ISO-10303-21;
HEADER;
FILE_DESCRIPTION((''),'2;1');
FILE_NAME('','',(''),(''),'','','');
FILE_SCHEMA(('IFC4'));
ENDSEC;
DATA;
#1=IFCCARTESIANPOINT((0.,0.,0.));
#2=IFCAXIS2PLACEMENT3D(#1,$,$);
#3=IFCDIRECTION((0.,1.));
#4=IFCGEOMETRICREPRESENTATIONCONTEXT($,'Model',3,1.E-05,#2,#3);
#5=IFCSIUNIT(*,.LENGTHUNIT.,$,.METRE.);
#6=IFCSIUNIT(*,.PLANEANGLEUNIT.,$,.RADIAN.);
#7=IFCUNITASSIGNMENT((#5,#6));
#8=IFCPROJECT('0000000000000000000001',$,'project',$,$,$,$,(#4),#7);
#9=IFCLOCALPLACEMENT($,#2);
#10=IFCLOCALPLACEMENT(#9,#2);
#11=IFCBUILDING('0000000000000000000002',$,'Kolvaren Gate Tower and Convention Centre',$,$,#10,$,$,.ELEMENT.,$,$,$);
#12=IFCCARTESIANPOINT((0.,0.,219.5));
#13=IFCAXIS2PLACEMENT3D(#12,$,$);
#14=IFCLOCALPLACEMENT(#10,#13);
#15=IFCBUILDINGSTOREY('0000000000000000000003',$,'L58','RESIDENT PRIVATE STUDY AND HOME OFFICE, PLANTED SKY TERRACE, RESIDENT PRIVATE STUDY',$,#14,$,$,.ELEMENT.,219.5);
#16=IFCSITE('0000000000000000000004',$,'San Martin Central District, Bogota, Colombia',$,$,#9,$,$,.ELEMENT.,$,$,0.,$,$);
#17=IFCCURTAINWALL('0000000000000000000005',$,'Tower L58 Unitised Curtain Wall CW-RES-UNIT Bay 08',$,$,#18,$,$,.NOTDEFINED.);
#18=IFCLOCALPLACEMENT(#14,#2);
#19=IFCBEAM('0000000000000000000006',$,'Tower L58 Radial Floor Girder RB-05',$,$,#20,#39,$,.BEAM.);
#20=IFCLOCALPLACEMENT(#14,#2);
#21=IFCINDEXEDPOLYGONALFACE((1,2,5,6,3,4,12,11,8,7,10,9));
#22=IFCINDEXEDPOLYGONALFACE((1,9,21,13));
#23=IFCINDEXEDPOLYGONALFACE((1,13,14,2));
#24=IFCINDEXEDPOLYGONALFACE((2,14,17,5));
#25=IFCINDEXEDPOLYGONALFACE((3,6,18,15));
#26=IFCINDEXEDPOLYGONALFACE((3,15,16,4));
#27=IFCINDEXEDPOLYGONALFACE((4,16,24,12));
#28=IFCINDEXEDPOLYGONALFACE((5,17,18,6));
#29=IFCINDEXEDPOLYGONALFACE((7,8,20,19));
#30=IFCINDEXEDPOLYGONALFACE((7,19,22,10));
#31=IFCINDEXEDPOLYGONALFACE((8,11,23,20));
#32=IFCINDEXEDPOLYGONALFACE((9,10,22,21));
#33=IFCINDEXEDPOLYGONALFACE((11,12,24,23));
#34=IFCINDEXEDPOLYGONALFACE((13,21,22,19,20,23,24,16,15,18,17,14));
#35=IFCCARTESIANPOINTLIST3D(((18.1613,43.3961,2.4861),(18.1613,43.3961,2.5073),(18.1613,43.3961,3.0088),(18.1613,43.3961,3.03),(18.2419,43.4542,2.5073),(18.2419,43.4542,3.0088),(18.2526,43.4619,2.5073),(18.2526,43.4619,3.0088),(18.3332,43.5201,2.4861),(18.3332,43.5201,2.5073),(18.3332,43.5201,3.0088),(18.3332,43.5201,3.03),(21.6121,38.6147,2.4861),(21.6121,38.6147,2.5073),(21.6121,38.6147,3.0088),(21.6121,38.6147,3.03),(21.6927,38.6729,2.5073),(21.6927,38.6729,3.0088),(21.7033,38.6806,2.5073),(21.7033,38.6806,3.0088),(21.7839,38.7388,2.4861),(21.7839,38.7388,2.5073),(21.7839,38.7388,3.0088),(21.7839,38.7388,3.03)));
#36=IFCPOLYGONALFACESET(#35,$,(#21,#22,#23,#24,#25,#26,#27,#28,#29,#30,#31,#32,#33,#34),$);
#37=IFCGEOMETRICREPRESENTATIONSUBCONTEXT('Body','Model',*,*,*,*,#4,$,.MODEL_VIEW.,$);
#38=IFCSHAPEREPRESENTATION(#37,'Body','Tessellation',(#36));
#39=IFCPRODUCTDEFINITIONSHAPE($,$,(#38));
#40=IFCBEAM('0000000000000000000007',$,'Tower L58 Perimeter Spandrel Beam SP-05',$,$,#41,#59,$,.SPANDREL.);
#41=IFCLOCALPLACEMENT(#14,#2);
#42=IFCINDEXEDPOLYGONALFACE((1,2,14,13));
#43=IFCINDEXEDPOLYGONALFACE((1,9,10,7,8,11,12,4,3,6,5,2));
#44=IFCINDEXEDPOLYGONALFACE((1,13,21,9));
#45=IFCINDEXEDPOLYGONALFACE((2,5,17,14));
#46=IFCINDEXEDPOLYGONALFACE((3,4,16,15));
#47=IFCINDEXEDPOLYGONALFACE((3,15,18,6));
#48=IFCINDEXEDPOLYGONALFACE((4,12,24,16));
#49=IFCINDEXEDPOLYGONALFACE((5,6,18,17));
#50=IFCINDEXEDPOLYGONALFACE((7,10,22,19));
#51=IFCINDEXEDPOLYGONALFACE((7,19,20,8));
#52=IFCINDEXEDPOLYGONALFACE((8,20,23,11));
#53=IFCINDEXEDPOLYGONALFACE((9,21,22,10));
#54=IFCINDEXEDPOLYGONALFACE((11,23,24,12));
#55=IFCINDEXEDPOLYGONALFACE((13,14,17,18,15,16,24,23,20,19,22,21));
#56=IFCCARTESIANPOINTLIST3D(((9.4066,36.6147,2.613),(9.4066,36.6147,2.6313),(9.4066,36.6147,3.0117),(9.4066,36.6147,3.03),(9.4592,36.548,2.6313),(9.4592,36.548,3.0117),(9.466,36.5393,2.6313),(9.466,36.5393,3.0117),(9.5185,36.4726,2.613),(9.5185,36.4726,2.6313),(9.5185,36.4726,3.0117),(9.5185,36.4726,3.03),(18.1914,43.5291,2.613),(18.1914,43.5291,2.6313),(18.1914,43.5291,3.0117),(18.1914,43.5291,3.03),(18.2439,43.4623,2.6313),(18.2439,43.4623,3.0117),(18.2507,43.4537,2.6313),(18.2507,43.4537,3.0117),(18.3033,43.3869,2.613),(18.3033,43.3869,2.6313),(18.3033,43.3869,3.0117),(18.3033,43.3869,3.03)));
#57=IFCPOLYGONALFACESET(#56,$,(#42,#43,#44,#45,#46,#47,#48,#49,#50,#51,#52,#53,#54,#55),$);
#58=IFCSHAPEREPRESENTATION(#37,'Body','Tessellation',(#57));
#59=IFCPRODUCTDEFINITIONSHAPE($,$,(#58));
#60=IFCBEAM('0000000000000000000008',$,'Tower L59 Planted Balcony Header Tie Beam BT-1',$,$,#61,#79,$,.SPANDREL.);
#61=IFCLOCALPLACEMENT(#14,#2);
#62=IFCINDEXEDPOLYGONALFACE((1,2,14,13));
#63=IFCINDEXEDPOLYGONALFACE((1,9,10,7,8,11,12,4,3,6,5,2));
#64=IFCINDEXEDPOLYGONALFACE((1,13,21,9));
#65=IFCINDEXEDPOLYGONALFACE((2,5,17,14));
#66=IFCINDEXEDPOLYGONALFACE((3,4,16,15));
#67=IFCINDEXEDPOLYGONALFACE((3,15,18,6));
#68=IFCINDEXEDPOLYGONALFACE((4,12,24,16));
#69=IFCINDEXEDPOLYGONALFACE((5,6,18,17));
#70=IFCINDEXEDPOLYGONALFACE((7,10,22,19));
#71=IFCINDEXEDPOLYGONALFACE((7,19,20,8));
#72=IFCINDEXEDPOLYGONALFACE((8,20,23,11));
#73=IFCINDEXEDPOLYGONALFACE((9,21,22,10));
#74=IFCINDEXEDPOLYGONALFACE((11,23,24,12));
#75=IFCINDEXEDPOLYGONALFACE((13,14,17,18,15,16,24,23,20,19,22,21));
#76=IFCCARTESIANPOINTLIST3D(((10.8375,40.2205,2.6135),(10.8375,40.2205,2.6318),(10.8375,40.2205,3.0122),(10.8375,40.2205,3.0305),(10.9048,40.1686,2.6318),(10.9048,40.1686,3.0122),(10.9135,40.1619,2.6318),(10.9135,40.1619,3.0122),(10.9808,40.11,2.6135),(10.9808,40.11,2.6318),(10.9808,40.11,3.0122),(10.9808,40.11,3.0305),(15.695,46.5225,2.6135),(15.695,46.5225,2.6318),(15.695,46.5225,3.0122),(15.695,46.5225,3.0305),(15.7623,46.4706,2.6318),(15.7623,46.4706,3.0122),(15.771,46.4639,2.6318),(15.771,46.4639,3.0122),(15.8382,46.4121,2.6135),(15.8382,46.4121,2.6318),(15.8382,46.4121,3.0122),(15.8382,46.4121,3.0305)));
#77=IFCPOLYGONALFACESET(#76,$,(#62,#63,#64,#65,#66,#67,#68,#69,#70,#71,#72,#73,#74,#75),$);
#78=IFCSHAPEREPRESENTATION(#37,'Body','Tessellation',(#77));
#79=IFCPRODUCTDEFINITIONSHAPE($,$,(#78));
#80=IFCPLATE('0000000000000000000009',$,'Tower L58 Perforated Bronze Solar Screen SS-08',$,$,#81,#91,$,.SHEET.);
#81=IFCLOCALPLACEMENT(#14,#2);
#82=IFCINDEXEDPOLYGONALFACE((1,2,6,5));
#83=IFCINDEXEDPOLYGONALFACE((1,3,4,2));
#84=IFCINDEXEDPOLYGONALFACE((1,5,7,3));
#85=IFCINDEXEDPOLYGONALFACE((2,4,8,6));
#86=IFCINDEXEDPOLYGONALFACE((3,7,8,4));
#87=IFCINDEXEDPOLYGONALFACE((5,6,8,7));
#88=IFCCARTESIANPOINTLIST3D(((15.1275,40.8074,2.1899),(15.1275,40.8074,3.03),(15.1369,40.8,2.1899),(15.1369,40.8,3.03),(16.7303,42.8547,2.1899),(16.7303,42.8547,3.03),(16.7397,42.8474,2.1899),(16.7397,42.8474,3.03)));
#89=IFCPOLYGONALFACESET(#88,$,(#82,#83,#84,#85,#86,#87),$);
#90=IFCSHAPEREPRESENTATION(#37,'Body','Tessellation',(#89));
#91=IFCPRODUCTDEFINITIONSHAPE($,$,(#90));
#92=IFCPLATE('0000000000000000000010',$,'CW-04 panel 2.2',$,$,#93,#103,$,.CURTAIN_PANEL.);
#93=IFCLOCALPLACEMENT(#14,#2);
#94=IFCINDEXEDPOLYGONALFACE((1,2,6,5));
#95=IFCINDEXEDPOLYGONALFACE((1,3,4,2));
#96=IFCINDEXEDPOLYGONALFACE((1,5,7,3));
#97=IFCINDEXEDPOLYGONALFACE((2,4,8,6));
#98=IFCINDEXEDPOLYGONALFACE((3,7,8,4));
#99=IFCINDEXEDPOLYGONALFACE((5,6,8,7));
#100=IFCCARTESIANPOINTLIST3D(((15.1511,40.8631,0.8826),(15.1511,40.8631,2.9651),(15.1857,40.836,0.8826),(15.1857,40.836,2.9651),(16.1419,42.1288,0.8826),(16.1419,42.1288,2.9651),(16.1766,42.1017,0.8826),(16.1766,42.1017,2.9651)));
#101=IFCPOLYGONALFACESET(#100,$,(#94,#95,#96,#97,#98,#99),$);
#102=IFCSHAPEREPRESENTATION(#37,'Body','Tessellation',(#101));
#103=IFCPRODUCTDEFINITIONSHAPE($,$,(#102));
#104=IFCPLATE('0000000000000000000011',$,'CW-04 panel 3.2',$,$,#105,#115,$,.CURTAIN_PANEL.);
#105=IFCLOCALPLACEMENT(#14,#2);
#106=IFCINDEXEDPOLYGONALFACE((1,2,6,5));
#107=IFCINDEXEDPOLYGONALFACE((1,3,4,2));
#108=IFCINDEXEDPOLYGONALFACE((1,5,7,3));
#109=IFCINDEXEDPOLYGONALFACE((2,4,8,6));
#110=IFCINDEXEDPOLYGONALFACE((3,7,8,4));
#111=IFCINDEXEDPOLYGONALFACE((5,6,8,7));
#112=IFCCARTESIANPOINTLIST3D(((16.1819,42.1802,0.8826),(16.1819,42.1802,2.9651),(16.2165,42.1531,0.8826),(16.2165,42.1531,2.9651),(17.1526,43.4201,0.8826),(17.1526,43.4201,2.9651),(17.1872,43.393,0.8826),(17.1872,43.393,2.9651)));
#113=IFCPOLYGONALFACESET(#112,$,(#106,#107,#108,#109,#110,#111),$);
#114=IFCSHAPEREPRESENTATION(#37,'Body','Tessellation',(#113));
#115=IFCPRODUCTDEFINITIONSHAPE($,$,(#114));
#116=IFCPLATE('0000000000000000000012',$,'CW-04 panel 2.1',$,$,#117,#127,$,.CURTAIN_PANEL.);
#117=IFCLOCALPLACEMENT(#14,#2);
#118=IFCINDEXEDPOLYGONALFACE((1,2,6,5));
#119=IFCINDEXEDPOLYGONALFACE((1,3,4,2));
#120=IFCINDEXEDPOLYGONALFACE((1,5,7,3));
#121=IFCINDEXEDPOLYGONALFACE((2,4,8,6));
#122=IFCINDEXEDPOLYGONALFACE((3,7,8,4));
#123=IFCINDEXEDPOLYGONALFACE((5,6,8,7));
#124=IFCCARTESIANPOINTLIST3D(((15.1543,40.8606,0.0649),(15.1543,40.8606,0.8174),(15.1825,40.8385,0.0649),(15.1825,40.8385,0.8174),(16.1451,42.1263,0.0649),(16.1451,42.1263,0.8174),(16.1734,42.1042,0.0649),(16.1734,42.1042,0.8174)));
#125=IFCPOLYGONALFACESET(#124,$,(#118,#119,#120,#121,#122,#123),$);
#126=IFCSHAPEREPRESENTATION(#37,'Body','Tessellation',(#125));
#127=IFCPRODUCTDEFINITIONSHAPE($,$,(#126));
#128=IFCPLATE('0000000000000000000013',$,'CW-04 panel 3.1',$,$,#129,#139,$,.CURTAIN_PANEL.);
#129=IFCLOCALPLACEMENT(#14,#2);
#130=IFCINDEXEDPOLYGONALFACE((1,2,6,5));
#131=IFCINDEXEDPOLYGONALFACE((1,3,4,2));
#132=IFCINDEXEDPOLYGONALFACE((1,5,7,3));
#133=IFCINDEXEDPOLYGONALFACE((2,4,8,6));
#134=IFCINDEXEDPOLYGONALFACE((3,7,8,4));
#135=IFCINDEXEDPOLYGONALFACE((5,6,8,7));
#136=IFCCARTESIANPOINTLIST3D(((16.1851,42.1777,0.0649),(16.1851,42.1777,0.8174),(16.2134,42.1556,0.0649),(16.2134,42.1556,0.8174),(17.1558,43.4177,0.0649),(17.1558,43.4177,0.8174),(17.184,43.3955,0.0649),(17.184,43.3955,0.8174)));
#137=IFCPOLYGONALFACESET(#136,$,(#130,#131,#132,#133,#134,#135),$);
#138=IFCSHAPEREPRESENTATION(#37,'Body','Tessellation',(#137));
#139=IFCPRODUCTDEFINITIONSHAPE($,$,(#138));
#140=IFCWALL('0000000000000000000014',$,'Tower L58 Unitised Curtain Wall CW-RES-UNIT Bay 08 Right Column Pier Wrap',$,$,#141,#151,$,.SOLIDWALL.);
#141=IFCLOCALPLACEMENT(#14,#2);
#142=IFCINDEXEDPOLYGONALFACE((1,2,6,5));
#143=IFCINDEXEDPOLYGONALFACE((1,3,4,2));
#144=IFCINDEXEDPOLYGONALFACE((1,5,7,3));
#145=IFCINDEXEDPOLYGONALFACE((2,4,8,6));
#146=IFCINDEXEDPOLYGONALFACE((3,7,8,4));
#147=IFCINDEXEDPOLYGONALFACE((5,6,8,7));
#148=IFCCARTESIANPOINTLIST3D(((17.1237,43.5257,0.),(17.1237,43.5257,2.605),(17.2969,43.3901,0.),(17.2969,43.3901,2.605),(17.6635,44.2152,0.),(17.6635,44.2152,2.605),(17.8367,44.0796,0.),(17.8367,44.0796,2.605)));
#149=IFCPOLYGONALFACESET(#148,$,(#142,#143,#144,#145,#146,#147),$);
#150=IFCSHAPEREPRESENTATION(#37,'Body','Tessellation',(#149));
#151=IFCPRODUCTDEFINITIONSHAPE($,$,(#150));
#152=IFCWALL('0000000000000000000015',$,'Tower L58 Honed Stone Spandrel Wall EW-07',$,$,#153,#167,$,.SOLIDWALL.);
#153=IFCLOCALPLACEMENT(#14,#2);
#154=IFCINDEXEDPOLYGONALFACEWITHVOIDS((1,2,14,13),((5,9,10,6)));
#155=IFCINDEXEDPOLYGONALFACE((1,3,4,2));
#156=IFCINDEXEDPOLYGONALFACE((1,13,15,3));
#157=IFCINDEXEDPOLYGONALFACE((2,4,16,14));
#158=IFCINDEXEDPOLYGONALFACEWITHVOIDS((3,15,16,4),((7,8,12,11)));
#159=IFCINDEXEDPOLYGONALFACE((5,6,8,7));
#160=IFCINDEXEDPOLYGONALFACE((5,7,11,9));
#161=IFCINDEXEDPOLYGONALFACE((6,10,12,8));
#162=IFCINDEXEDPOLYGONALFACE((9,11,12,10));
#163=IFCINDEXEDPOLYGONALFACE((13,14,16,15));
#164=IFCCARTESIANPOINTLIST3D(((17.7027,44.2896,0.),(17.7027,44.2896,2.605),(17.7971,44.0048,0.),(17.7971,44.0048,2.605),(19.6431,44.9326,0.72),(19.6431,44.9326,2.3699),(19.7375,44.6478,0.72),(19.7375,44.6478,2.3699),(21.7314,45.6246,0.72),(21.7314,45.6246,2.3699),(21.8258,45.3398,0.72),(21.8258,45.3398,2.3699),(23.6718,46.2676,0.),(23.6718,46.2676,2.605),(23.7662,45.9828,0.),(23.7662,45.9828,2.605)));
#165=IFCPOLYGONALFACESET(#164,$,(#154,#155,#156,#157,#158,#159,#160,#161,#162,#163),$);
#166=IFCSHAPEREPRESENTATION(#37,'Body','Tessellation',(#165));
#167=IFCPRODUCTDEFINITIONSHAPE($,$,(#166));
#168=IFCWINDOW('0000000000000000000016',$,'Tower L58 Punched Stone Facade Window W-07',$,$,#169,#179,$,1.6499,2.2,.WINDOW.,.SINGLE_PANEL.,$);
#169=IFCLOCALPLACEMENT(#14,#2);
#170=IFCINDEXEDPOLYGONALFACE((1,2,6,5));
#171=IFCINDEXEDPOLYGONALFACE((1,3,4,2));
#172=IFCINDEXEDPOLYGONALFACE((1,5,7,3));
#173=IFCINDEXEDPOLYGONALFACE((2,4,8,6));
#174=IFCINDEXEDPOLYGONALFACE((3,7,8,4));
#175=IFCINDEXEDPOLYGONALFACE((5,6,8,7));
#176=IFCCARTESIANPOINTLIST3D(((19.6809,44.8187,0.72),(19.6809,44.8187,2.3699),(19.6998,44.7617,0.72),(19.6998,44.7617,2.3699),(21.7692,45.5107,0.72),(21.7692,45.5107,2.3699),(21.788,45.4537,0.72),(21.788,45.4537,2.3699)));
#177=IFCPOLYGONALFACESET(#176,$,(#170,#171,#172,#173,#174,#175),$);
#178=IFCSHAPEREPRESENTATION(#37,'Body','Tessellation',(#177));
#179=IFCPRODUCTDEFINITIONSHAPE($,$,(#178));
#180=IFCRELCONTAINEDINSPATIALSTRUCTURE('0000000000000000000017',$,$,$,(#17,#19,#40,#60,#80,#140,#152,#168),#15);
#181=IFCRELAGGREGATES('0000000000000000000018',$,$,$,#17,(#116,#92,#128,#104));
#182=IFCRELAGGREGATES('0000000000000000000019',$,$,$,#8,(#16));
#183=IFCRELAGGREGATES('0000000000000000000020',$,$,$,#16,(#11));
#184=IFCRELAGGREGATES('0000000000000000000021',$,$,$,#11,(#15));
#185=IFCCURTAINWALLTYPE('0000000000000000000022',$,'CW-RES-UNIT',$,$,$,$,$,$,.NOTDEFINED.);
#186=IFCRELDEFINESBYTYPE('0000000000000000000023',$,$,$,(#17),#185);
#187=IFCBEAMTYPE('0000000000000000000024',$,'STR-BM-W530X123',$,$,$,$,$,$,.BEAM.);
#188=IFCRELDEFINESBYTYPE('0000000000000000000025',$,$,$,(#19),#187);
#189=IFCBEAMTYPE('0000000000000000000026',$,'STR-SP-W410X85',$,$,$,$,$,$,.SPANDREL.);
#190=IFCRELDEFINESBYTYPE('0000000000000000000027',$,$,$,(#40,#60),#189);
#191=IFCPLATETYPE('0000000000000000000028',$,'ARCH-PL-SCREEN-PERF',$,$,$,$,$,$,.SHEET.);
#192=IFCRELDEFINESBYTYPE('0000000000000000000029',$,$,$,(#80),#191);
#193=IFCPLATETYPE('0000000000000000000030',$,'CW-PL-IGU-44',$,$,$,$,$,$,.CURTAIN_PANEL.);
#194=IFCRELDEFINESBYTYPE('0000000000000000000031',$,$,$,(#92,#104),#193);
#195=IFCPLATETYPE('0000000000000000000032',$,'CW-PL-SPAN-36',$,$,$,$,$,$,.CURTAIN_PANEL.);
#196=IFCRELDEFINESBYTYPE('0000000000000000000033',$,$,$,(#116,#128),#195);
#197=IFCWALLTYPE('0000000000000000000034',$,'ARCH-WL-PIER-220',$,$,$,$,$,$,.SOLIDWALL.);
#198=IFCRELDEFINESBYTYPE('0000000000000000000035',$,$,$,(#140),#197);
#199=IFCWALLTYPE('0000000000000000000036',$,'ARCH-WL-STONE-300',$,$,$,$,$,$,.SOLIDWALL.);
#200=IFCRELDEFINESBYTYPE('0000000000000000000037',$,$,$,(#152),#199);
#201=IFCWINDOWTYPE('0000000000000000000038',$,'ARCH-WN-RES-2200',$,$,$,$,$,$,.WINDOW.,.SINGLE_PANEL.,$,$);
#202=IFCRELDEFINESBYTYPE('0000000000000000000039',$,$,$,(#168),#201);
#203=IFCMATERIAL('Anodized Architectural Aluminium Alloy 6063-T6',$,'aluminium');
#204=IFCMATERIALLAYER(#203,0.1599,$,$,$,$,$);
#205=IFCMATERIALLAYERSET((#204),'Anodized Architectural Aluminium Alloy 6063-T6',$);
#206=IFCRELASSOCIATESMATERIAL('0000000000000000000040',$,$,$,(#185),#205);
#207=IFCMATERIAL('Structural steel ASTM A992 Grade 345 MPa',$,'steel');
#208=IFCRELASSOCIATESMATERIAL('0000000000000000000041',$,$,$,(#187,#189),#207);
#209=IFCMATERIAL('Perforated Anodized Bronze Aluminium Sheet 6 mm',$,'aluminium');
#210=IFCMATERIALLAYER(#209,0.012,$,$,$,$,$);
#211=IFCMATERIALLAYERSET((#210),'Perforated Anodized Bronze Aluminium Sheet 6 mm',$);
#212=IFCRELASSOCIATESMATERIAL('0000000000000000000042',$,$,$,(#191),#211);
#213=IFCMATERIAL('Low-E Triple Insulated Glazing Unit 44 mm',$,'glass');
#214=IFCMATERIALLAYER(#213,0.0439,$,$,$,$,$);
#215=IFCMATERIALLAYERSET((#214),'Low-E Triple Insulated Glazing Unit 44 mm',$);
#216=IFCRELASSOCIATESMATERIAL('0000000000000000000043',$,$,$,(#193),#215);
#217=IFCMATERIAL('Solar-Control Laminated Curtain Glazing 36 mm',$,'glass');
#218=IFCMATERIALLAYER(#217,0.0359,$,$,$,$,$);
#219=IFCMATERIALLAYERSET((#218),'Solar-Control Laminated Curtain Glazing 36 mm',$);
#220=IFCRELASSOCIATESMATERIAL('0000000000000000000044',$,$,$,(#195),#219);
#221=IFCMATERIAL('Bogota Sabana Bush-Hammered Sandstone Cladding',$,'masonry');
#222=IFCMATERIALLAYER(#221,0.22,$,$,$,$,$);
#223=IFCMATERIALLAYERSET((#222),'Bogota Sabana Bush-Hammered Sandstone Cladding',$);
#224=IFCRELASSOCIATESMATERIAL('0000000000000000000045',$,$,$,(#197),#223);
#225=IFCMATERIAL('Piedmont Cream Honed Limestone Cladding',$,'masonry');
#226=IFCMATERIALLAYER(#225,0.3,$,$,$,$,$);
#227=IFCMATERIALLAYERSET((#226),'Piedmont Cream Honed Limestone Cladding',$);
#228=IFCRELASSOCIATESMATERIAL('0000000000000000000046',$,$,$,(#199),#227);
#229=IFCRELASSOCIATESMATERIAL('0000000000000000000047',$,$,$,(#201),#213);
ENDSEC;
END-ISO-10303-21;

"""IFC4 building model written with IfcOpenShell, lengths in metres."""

from ifc_helpers import new_model, si_unit, direction, frame, frame_2d, origin, origin_2d, place, context, subcontext, project, spatial, rectangle, i_section, extrude, material, layer, layer_set, material_profile, profile_set, type_object, element, fill, aggregate, save


model = new_model("IFC4")

# Units and contexts
model_context = context("Model", 3, precision=1e-05, world=origin(), true_north=direction((0.0, 1.0)))
body_context = subcontext(model_context, "Body", "Model", "MODEL_VIEW")
ifc_project = project(units=[si_unit("LENGTHUNIT", "METRE"), si_unit("PLANEANGLEUNIT", "RADIAN")], contexts=[model_context])

# Site, building, storey
site_placement = place(None, origin())
site = spatial("IfcSite", under=ifc_project, at=site_placement, Name="San Martin Central District, Bogota, Colombia", CompositionType="ELEMENT", RefElevation=0.0)
building_placement = place(site_placement, origin())
building = spatial("IfcBuilding", under=site, at=building_placement, Name="Kolvaren Gate Tower and Convention Centre", CompositionType="ELEMENT")
storey_placement = place(building_placement, frame((0.0, 0.0, 219.5)))
storey = spatial("IfcBuildingStorey", under=building, at=storey_placement, Name="L58", Description="RESIDENT PRIVATE STUDY AND HOME OFFICE, PLANTED SKY TERRACE, RESIDENT PRIVATE STUDY", CompositionType="ELEMENT", Elevation=219.5)

# Curtain wall
ifc_material_1 = material(Name="Anodized Architectural Aluminium Alloy 6063-T6", Category="aluminium")
ifc_layer_1 = layer(ifc_material_1, 0.1599)
ifc_layer_set_1 = layer_set([ifc_layer_1], Name="Anodized Architectural Aluminium Alloy 6063-T6")
curtain_wall_type = type_object("IfcCurtainWallType", Name="CW-RES-UNIT", PredefinedType="NOTDEFINED", material=ifc_layer_set_1)
curtain_wall_placement = place(storey_placement, origin())
curtain_wall = element("IfcCurtainWall", 1, at=curtain_wall_placement, inside=storey, type_object=curtain_wall_type, Name="Tower L58 Unitised Curtain Wall CW-RES-UNIT Bay 08", PredefinedType="NOTDEFINED")

# Beams
ifc_material_2 = material(Name="Structural steel ASTM A992 Grade 345 MPa", Category="steel")
ifc_material_profile_1 = material_profile(ifc_material_2, i_section(OverallWidth=0.2119, OverallDepth=0.5439, WebThickness=0.0132, FlangeThickness=0.0212, at=origin_2d()), Name="W530X123")
ifc_profile_set_1 = profile_set([ifc_material_profile_1], Name="Structural steel ASTM A992 Grade 345 MPa")
beam_type_1 = type_object("IfcBeamType", Name="STR-BM-W530X123", PredefinedType="BEAM", material=ifc_profile_set_1)
beam_1_placement = place(storey_placement, frame((21.698, 38.6768, 2.7581), z_axis=(-0.585218, 0.810876, 0.0), x_axis=(-0.810876, -0.585218, 0.0)))
element("IfcBeam", 2, at=beam_1_placement, inside=storey, type_object=beam_type_1, Name="Tower L58 Radial Floor Girder RB-05", PredefinedType="BEAM", context=body_context, shape_type="SweptSolid", body=[
    extrude(i_section(OverallWidth=0.2119, OverallDepth=0.5439, WebThickness=0.0132, FlangeThickness=0.0212, at=origin_2d()), origin(), (0.0, 0.0, 1.0), 5.8965),
])
ifc_material_profile_2 = material_profile(ifc_material_2, i_section(OverallWidth=0.1809, OverallDepth=0.417, WebThickness=0.011, FlangeThickness=0.0183, at=origin_2d()), Name="W410X85")
ifc_profile_set_2 = profile_set([ifc_material_profile_2], Name="Structural steel ASTM A992 Grade 345 MPa")
beam_type_2 = type_object("IfcBeamType", Name="STR-SP-W410X85", PredefinedType="SPANDREL", material=ifc_profile_set_2)
beam_2_placement = place(storey_placement, frame((18.2473, 43.458, 2.8215), z_axis=(-0.785794, -0.618489, 0.0), x_axis=(0.618489, -0.785794, 0.0)))
element("IfcBeam", 3, at=beam_2_placement, inside=storey, type_object=beam_type_2, Name="Tower L58 Perimeter Spandrel Beam SP-05", PredefinedType="SPANDREL", context=body_context, shape_type="SweptSolid", body=[
    extrude(i_section(OverallWidth=0.1809, OverallDepth=0.417, WebThickness=0.011, FlangeThickness=0.0183, at=origin_2d()), origin(), (0.0, 0.0, 1.0), 11.1794),
])
beam_3_placement = place(storey_placement, frame((15.7666, 46.4673, 2.822), z_axis=(-0.610479, -0.792033, 0.0), x_axis=(0.792033, -0.610479, 0.0)))
element("IfcBeam", 4, at=beam_3_placement, inside=storey, type_object=beam_type_2, Name="Tower L59 Planted Balcony Header Tie Beam BT-1", PredefinedType="SPANDREL", context=body_context, shape_type="SweptSolid", body=[
    extrude(i_section(OverallWidth=0.1809, OverallDepth=0.417, WebThickness=0.011, FlangeThickness=0.0183, at=origin_2d()), origin(), (0.0, 0.0, 1.0), 7.9568),
])

# Plates
ifc_material_3 = material(Name="Perforated Anodized Bronze Aluminium Sheet 6 mm", Category="aluminium")
ifc_layer_2 = layer(ifc_material_3, 0.012)
ifc_layer_set_2 = layer_set([ifc_layer_2], Name="Perforated Anodized Bronze Aluminium Sheet 6 mm")
plate_type_1 = type_object("IfcPlateType", Name="ARCH-PL-SCREEN-PERF", PredefinedType="SHEET", material=ifc_layer_set_2)
plate_1_placement = place(storey_placement, frame((15.9336, 41.8274, 2.1899), z_axis=(0.0, 0.0, 1.0), x_axis=(0.616434, 0.787406, 0.0)))
element("IfcPlate", 5, at=plate_1_placement, inside=storey, type_object=plate_type_1, Name="Tower L58 Perforated Bronze Solar Screen SS-08", PredefinedType="SHEET", context=body_context, shape_type="SweptSolid", body=[
    extrude(rectangle(XDim=2.6001, YDim=0.012, at=origin_2d()), origin(), (0.0, 0.0, 1.0), 0.8401),
])
ifc_material_4 = material(Name="Low-E Triple Insulated Glazing Unit 44 mm", Category="glass")
ifc_layer_3 = layer(ifc_material_4, 0.0439)
ifc_layer_set_3 = layer_set([ifc_layer_3], Name="Low-E Triple Insulated Glazing Unit 44 mm")
plate_type_2 = type_object("IfcPlateType", Name="CW-PL-IGU-44", PredefinedType="CURTAIN_PANEL", material=ifc_layer_set_3)
plate_2_placement = place(storey_placement, frame((15.6638, 41.4824, 0.8826), z_axis=(0.0, 0.0, 1.0), x_axis=(0.61643, 0.78741, 0.0)))
plate_2 = element("IfcPlate", 6, at=plate_2_placement, type_object=plate_type_2, Name="CW-04 panel 2.2", PredefinedType="CURTAIN_PANEL", context=body_context, shape_type="SweptSolid", body=[
    extrude(rectangle(XDim=1.6074, YDim=0.0439, at=origin_2d()), origin(), (0.0, 0.0, 1.0), 2.0825),
])
plate_3_placement = place(storey_placement, frame((16.6846, 42.7866, 0.8826), z_axis=(0.0, 0.0, 1.0), x_axis=(0.61643, 0.78741, 0.0)))
plate_3 = element("IfcPlate", 7, at=plate_3_placement, type_object=plate_type_2, Name="CW-04 panel 3.2", PredefinedType="CURTAIN_PANEL", context=body_context, shape_type="SweptSolid", body=[
    extrude(rectangle(XDim=1.5747, YDim=0.0439, at=origin_2d()), origin(), (0.0, 0.0, 1.0), 2.0825),
])
ifc_material_5 = material(Name="Solar-Control Laminated Curtain Glazing 36 mm", Category="glass")
ifc_layer_4 = layer(ifc_material_5, 0.0359)
ifc_layer_set_4 = layer_set([ifc_layer_4], Name="Solar-Control Laminated Curtain Glazing 36 mm")
plate_type_3 = type_object("IfcPlateType", Name="CW-PL-SPAN-36", PredefinedType="CURTAIN_PANEL", material=ifc_layer_set_4)
plate_4_placement = place(storey_placement, frame((15.6638, 41.4824, 0.0649), z_axis=(0.0, 0.0, 1.0), x_axis=(0.61643, 0.78741, 0.0)))
plate_4 = element("IfcPlate", 8, at=plate_4_placement, type_object=plate_type_3, Name="CW-04 panel 2.1", PredefinedType="CURTAIN_PANEL", context=body_context, shape_type="SweptSolid", body=[
    extrude(rectangle(XDim=1.6074, YDim=0.0359, at=origin_2d()), origin(), (0.0, 0.0, 1.0), 0.7524),
])
plate_5_placement = place(storey_placement, frame((16.6846, 42.7866, 0.0649), z_axis=(0.0, 0.0, 1.0), x_axis=(0.61643, 0.78741, 0.0)))
plate_5 = element("IfcPlate", 9, at=plate_5_placement, type_object=plate_type_3, Name="CW-04 panel 3.1", PredefinedType="CURTAIN_PANEL", context=body_context, shape_type="SweptSolid", body=[
    extrude(rectangle(XDim=1.5747, YDim=0.0359, at=origin_2d()), origin(), (0.0, 0.0, 1.0), 0.7524),
])
aggregate(curtain_wall, [plate_4, plate_2, plate_5, plate_3])

# Wall
ifc_material_6 = material(Name="Bogota Sabana Bush-Hammered Sandstone Cladding", Category="masonry")
ifc_layer_5 = layer(ifc_material_6, 0.22)
ifc_layer_set_5 = layer_set([ifc_layer_5], Name="Bogota Sabana Bush-Hammered Sandstone Cladding")
wall_type_1 = type_object("IfcWallType", Name="ARCH-WL-PIER-220", PredefinedType="SOLIDWALL", material=ifc_layer_set_5)
wall_1_placement = place(storey_placement, frame((17.2102, 43.4578, 0.0), z_axis=(0.0, 0.0, 1.0), x_axis=(0.616466, 0.787381, 0.0)))
element("IfcWall", 10, at=wall_1_placement, inside=storey, type_object=wall_type_1, Name="Tower L58 Unitised Curtain Wall CW-RES-UNIT Bay 08 Right Column Pier Wrap", PredefinedType="SOLIDWALL", context=body_context, shape_type="SweptSolid", body=[
    extrude(rectangle(XDim=0.8757, YDim=0.22, at=frame_2d((0.438, 0.0))), origin(), (0.0, 0.0, 1.0), 2.605),
])

# Wall, opening, window
ifc_material_7 = material(Name="Piedmont Cream Honed Limestone Cladding", Category="masonry")
ifc_layer_6 = layer(ifc_material_7, 0.3)
ifc_layer_set_6 = layer_set([ifc_layer_6], Name="Piedmont Cream Honed Limestone Cladding")
wall_type_2 = type_object("IfcWallType", Name="ARCH-WL-STONE-300", PredefinedType="SOLIDWALL", material=ifc_layer_set_6)
wall_2_placement = place(storey_placement, frame((17.75, 44.1472, 0.0), z_axis=(0.0, 0.0, 1.0), x_axis=(0.949241, 0.31455, 0.0)))
wall_2 = element("IfcWall", 11, at=wall_2_placement, inside=storey, type_object=wall_type_2, Name="Tower L58 Honed Stone Spandrel Wall EW-07", PredefinedType="SOLIDWALL", context=body_context, shape_type="SweptSolid", body=[
    extrude(rectangle(XDim=6.2883, YDim=0.3, at=frame_2d((3.144, 0.0))), origin(), (0.0, 0.0, 1.0), 2.605),
])
opening_placement = place(wall_2_placement, frame((2.0439, 0.0, 0.72)))
opening = element("IfcOpeningElement", 12, at=opening_placement, cuts=wall_2, PredefinedType="OPENING", context=body_context, shape_type="SweptSolid", body=[
    extrude(rectangle(XDim=2.2, YDim=1.6499, at=frame_2d((1.1001, 0.825))), frame((0.0, 0.1599, 0.0), z_axis=(0.0, -1.0, 0.0), x_axis=(1.0, 0.0, 0.0)), (0.0, 0.0, 1.0), 0.3201),
])
window_type = type_object("IfcWindowType", Name="ARCH-WN-RES-2200", PartitioningType="SINGLE_PANEL", PredefinedType="WINDOW", material=ifc_material_4)
window_placement = place(opening_placement, origin())
window = element("IfcWindow", 13, at=window_placement, inside=storey, type_object=window_type, Name="Tower L58 Punched Stone Facade Window W-07", OverallHeight=1.6499, OverallWidth=2.2, PartitioningType="SINGLE_PANEL", PredefinedType="WINDOW", context=body_context, shape_type="SweptSolid", body=[
    extrude(rectangle(XDim=2.2, YDim=1.6499, at=frame_2d((1.1001, 0.825))), frame((0.0, 0.03, 0.0), z_axis=(0.0, -1.0, 0.0), x_axis=(1.0, 0.0, 0.0)), (0.0, 0.0, 1.0), 0.0601),
])
fill(opening, window)

save(model, "model.ifc")
